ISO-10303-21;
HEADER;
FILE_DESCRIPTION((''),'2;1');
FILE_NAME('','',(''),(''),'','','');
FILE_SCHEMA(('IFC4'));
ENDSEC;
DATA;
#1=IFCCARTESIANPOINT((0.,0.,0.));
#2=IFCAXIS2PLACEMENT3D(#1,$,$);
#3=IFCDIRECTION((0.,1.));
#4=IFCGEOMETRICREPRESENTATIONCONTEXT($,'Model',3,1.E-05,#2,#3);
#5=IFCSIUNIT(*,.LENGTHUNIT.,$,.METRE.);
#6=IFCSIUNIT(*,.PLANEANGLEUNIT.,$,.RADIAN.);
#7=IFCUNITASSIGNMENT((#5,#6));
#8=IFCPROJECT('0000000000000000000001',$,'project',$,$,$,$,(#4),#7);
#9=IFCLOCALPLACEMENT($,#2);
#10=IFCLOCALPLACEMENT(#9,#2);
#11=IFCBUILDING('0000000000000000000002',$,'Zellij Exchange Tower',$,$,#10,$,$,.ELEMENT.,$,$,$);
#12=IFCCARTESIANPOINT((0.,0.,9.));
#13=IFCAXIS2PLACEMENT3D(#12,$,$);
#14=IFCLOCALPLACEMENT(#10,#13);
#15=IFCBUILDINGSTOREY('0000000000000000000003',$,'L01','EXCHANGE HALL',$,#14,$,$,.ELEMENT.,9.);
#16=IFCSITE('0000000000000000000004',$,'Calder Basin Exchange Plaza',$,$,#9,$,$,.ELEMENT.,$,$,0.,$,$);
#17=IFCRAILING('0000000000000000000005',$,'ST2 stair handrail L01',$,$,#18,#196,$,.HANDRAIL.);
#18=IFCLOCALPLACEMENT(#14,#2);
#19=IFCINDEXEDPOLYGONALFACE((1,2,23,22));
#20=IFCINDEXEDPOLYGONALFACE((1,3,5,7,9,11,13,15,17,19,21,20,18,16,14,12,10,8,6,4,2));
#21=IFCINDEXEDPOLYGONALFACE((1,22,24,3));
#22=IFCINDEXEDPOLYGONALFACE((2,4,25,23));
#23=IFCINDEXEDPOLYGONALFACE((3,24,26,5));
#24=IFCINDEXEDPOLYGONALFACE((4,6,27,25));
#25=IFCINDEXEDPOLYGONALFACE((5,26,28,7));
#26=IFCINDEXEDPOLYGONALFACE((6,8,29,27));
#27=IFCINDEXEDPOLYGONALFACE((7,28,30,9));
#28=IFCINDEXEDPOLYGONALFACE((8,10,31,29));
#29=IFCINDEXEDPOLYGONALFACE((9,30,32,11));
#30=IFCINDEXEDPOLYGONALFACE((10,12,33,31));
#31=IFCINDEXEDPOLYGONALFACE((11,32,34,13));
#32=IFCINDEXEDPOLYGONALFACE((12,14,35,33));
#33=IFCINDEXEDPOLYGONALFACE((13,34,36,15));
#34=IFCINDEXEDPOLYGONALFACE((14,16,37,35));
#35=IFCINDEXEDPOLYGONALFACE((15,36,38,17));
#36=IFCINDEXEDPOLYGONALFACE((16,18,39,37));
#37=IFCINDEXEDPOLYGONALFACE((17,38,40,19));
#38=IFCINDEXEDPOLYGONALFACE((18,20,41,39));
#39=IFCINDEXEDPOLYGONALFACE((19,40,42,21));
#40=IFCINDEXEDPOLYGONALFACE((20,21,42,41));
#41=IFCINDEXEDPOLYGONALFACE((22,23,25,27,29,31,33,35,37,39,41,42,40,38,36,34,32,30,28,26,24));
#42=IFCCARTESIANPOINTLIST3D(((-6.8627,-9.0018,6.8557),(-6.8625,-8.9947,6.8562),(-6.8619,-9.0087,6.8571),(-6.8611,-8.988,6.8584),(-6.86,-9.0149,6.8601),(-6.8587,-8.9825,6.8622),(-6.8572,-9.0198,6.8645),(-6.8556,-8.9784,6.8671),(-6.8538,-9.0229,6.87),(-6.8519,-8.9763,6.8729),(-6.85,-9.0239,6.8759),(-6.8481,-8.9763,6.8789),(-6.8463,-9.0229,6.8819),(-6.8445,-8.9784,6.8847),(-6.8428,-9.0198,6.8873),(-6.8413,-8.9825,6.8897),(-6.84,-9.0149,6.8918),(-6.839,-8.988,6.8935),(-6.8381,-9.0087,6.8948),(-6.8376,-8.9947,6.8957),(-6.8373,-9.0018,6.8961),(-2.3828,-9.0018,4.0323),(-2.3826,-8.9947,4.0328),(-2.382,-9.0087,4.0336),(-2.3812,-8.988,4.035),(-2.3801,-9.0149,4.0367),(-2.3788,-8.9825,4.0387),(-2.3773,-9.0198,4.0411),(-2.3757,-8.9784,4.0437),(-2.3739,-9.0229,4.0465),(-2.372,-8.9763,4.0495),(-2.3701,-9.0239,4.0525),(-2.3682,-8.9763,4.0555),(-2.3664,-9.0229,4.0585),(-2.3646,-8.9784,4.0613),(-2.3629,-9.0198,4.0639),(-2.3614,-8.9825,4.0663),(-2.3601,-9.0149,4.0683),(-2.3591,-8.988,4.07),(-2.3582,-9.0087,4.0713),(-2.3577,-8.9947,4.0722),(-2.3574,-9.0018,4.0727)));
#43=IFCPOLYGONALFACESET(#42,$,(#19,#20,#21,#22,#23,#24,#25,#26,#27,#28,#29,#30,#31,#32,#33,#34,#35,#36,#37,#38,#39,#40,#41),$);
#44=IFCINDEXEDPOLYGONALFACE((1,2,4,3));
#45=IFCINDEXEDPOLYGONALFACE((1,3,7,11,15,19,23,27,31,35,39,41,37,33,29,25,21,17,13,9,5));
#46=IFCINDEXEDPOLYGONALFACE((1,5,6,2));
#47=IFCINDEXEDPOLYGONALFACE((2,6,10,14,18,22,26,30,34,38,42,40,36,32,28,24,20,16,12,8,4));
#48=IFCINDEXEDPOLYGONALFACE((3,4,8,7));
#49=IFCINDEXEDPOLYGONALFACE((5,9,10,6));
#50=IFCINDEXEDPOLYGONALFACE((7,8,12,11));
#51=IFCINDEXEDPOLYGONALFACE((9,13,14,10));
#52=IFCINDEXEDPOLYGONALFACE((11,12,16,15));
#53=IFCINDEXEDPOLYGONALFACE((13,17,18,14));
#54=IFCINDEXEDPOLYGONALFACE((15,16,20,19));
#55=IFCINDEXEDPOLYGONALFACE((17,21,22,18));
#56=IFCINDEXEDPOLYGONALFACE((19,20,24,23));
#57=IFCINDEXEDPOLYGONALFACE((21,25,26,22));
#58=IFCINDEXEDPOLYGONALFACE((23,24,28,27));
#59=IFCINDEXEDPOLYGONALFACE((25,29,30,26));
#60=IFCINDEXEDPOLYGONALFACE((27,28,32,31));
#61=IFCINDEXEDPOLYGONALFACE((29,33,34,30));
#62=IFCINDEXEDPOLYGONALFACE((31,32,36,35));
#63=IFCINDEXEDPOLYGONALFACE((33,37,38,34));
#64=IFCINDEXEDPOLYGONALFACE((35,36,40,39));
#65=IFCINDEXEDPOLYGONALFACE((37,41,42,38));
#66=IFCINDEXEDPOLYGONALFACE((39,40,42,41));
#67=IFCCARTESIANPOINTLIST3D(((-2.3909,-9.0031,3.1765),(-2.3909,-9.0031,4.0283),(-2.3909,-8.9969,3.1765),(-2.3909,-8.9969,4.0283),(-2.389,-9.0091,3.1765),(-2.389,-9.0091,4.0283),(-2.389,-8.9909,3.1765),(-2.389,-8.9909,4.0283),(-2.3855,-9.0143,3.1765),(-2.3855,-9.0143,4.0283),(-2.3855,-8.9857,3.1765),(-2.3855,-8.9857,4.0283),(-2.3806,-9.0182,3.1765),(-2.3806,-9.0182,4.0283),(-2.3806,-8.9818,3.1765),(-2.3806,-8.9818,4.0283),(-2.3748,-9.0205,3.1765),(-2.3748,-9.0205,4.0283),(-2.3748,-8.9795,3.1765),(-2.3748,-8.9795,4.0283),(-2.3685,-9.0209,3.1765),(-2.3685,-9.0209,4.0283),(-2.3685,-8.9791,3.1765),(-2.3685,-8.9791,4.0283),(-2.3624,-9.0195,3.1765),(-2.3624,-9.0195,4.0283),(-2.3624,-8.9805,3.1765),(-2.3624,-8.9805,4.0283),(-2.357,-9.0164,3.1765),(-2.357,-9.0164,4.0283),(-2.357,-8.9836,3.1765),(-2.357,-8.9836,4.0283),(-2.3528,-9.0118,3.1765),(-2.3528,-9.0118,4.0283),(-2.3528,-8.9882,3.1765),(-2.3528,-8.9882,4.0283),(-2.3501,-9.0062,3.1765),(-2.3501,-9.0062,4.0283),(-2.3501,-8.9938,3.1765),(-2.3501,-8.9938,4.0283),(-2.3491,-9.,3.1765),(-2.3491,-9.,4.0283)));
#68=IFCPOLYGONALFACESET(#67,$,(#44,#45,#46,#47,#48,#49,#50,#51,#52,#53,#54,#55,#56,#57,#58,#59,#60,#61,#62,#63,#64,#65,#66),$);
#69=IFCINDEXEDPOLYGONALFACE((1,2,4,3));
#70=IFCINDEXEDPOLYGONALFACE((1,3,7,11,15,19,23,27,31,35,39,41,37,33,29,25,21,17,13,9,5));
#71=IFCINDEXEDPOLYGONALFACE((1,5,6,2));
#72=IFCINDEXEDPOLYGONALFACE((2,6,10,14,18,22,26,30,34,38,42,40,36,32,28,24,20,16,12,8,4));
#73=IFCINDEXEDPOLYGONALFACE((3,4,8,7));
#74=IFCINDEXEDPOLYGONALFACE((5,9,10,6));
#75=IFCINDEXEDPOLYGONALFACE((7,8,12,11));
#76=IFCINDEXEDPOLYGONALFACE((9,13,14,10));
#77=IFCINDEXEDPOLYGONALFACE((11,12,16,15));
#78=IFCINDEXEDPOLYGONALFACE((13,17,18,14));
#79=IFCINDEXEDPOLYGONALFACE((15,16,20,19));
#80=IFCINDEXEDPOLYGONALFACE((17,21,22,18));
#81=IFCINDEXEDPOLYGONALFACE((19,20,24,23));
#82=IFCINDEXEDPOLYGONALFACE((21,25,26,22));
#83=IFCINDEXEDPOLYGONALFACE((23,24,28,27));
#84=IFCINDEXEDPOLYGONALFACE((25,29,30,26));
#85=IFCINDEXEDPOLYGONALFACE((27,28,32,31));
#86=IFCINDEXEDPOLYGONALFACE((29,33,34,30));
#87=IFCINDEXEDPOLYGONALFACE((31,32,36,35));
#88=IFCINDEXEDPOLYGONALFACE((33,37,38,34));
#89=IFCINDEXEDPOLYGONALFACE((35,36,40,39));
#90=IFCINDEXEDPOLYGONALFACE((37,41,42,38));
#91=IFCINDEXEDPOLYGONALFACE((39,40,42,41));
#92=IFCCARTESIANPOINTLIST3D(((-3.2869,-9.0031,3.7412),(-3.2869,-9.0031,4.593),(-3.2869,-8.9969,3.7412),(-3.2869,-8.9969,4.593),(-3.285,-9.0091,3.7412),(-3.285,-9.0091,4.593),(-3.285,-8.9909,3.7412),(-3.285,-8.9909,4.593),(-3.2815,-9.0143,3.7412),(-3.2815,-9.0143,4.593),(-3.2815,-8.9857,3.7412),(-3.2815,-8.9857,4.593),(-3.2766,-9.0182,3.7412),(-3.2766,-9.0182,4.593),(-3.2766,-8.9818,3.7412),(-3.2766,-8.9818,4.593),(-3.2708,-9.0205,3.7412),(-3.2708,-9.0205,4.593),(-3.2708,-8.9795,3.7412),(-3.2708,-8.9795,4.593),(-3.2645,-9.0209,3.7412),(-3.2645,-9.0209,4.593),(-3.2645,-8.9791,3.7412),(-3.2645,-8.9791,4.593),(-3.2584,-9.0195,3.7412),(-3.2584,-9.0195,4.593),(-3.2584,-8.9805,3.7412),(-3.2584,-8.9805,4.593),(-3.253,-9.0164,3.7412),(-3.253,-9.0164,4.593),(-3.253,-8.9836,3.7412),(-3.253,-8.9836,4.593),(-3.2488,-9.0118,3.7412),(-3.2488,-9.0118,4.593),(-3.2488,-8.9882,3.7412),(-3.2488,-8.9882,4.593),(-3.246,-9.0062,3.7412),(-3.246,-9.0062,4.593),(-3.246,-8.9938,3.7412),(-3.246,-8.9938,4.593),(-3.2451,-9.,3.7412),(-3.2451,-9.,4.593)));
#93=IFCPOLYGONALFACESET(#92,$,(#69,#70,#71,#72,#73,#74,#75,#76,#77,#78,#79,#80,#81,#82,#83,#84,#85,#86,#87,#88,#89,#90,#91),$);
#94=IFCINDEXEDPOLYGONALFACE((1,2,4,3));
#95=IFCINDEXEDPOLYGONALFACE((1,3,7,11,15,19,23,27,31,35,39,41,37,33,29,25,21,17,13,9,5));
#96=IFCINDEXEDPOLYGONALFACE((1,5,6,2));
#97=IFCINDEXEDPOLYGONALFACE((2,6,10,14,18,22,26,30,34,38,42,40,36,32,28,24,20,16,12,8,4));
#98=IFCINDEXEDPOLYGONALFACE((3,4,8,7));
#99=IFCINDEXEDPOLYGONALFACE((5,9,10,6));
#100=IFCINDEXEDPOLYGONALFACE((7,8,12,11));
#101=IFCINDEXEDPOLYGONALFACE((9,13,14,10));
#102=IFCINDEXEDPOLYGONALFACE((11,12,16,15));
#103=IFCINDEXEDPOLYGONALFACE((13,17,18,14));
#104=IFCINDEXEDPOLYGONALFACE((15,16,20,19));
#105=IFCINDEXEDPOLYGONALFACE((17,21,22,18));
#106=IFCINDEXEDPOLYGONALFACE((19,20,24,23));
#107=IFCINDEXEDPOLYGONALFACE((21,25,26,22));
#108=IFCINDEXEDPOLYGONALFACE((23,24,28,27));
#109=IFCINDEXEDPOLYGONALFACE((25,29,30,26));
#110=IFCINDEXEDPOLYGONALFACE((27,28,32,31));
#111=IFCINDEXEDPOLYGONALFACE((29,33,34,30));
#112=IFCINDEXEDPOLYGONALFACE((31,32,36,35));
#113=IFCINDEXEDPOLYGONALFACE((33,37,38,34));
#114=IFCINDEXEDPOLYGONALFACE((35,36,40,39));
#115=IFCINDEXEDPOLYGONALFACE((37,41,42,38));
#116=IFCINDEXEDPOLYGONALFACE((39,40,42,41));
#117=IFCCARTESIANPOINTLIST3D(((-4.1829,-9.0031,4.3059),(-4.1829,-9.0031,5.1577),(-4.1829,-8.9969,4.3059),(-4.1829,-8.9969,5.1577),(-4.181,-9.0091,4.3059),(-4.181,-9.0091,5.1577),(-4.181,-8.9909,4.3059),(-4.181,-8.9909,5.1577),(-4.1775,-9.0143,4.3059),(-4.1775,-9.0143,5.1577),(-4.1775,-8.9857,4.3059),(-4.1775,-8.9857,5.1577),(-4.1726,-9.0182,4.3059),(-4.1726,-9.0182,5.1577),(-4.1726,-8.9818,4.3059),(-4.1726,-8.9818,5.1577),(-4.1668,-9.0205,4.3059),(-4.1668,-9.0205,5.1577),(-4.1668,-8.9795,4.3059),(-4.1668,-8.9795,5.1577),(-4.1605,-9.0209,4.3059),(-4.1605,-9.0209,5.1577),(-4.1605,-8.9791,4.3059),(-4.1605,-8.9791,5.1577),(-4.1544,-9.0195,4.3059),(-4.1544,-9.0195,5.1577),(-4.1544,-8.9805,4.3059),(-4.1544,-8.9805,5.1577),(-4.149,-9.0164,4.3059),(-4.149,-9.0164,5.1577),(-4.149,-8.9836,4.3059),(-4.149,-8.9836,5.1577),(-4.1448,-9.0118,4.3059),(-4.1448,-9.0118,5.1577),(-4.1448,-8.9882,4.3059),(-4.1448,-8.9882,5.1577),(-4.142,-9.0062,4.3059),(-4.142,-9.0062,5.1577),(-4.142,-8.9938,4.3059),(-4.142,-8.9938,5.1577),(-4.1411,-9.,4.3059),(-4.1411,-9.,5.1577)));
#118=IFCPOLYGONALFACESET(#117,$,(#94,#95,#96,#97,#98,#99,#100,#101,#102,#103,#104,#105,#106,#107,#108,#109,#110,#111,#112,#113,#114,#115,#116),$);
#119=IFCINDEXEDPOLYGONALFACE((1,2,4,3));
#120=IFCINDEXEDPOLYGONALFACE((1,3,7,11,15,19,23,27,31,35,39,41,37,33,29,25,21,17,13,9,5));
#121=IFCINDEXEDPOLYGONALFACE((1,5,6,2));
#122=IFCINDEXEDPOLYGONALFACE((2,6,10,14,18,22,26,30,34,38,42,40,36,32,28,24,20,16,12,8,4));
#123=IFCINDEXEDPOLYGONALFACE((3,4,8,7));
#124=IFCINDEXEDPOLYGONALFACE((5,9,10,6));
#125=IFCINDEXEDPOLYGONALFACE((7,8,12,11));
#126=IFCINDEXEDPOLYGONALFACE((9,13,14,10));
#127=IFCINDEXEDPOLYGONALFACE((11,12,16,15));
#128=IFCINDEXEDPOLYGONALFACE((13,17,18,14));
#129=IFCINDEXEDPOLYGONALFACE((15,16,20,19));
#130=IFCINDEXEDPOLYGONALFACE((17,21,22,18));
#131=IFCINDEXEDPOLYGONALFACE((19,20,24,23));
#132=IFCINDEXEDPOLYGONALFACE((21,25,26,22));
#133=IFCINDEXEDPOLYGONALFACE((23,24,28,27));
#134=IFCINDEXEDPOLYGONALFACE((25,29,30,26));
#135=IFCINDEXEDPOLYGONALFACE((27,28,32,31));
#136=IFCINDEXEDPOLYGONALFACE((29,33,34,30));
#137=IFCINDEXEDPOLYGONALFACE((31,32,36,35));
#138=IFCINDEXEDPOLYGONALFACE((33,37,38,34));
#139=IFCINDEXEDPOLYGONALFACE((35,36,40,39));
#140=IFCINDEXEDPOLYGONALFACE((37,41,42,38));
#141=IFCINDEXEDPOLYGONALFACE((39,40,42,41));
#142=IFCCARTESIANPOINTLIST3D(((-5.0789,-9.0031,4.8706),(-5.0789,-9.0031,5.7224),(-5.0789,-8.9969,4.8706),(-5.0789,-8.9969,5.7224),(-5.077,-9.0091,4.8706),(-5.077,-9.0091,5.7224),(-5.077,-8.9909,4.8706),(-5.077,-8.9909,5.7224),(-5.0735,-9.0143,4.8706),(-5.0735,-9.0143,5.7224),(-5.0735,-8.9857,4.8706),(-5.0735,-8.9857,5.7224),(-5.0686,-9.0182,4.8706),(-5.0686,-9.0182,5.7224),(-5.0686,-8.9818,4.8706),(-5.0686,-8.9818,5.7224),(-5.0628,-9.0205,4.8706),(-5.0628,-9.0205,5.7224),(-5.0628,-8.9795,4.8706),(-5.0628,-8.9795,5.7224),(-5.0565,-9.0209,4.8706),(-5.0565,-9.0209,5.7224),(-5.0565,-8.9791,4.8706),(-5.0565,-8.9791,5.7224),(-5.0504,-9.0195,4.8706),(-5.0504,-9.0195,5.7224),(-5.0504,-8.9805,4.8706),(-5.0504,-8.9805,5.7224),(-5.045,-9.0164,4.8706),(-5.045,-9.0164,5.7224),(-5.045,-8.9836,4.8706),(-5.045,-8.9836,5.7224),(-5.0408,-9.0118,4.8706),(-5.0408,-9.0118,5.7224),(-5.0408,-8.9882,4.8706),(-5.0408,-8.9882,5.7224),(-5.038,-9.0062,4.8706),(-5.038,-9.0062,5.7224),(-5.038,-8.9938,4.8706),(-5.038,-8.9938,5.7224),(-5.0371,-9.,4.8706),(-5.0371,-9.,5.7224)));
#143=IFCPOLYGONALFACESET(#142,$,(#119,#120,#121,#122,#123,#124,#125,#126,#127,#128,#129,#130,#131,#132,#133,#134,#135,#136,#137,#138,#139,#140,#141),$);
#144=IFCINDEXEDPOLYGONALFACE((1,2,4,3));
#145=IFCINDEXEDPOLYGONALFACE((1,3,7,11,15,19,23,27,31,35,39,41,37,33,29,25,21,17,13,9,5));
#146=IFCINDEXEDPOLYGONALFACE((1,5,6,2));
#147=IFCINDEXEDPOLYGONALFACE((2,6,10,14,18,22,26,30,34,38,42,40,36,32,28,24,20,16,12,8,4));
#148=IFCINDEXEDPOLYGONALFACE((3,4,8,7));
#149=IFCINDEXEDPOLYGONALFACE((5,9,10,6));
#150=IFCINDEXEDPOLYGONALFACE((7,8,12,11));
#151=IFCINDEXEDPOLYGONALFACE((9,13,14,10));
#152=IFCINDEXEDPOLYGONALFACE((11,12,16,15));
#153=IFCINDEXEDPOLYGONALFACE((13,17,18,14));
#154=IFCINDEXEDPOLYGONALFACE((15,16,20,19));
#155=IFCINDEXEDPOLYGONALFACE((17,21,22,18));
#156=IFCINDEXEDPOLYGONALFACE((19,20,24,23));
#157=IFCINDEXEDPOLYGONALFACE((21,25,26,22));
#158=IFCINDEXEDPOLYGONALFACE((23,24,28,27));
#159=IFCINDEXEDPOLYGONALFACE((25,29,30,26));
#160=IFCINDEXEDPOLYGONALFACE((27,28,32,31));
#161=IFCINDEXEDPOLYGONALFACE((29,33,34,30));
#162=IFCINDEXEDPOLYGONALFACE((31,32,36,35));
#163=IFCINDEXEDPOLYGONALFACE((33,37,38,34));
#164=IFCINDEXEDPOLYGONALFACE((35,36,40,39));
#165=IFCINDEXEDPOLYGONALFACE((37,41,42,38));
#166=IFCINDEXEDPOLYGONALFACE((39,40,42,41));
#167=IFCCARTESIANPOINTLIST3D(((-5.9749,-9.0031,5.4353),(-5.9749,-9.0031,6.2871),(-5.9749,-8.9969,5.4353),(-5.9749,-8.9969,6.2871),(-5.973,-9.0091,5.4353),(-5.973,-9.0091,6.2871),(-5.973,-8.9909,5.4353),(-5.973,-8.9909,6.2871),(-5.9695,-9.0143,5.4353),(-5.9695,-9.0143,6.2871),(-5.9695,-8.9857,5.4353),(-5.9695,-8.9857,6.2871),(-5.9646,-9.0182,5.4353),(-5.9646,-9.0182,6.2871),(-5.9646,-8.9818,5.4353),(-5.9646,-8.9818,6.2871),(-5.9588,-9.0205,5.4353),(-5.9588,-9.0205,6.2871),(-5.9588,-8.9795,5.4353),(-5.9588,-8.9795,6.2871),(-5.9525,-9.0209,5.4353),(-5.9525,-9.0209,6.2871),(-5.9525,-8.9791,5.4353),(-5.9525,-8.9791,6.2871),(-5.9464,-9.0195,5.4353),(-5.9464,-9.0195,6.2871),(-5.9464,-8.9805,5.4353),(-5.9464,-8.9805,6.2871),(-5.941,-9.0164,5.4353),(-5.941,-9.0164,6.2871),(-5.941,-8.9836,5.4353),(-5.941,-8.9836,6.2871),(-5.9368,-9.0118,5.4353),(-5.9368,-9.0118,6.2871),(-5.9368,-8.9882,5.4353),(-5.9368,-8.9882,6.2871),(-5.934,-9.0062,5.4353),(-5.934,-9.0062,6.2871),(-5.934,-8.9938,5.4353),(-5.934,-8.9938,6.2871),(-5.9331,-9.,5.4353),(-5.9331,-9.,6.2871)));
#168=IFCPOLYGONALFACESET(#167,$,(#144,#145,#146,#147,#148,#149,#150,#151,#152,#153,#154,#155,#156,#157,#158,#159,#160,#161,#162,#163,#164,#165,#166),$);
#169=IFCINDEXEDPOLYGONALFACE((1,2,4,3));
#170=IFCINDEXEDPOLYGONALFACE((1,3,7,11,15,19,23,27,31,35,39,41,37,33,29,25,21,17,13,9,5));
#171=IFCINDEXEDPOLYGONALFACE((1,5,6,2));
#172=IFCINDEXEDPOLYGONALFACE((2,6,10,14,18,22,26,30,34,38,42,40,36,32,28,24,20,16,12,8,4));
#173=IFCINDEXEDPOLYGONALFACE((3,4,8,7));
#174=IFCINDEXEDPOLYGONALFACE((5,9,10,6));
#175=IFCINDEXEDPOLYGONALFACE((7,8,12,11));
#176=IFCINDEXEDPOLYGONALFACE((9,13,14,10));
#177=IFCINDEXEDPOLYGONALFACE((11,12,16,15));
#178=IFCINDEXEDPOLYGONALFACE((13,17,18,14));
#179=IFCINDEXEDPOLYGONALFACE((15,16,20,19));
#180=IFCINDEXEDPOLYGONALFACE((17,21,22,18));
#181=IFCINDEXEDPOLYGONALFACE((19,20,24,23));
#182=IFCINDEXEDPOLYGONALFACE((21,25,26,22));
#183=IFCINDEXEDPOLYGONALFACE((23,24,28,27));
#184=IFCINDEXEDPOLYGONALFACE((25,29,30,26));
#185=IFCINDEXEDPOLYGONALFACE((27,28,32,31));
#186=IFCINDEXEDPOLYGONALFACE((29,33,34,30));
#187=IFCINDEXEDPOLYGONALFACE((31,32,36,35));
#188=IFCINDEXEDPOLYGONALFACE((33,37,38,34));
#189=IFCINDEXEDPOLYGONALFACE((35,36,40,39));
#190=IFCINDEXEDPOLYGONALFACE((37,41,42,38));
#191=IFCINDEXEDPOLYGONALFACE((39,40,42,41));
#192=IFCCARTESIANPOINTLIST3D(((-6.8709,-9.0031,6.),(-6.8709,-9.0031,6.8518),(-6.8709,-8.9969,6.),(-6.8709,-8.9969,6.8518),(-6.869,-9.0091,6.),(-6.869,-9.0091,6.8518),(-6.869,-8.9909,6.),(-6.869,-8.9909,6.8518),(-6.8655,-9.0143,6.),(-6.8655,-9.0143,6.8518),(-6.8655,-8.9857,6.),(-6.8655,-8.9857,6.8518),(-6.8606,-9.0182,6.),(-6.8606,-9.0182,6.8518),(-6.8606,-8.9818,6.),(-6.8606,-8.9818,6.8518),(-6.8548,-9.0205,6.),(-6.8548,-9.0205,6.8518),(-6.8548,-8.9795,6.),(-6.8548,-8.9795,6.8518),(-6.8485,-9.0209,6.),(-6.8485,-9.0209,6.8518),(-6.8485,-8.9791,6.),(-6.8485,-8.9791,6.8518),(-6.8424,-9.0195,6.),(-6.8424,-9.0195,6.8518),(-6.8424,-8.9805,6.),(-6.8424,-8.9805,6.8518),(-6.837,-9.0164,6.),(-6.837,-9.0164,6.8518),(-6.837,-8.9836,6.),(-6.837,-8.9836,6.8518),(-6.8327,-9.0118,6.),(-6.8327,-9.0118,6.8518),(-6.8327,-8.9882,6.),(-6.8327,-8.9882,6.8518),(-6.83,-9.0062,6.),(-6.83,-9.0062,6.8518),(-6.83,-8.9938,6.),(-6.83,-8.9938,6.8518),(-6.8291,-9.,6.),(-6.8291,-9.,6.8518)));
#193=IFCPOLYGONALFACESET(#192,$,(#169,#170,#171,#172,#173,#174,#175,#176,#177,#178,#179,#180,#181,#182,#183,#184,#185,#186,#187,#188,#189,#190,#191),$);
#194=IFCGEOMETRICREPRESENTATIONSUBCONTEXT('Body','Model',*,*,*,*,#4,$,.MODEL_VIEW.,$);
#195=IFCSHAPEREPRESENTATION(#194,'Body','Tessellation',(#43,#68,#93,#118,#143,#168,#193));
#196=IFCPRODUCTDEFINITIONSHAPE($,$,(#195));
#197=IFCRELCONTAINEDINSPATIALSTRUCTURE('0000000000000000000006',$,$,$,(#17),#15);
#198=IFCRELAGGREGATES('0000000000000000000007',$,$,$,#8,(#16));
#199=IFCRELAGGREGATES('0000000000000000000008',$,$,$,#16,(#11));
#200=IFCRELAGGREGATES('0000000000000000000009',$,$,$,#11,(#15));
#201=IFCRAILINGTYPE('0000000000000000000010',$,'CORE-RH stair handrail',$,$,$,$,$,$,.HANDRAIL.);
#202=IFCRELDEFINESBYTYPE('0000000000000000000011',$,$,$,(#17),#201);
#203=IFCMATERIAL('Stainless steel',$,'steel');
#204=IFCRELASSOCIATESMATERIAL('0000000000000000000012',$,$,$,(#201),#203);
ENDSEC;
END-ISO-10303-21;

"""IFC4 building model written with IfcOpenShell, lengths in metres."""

from ifc_helpers import new_model, si_unit, direction, frame, origin, origin_2d, place, context, subcontext, project, spatial, circle, extrude, material, type_object, element, save


model = new_model("IFC4")

# Units and contexts
model_context = context("Model", 3, precision=1e-05, world=origin(), true_north=direction((0.0, 1.0)))
body_context = subcontext(model_context, "Body", "Model", "MODEL_VIEW")
ifc_project = project(units=[si_unit("LENGTHUNIT", "METRE"), si_unit("PLANEANGLEUNIT", "RADIAN")], contexts=[model_context])

# Site, building, storey
site_placement = place(None, origin())
site = spatial("IfcSite", under=ifc_project, at=site_placement, Name="Calder Basin Exchange Plaza", CompositionType="ELEMENT", RefElevation=0.0)
building_placement = place(site_placement, origin())
building = spatial("IfcBuilding", under=site, at=building_placement, Name="Zellij Exchange Tower", CompositionType="ELEMENT")
storey_placement = place(building_placement, frame((0.0, 0.0, 9.0)))
storey = spatial("IfcBuildingStorey", under=building, at=storey_placement, Name="L01", Description="EXCHANGE HALL", CompositionType="ELEMENT", Elevation=9.0)

# Railing
ifc_material_1 = material(Name="Stainless steel", Category="steel")
railing_type_1 = type_object("IfcRailingType", Name="CORE-RH stair handrail", PredefinedType="HANDRAIL", material=ifc_material_1)
railing_1_placement = place(storey_placement, frame((-2.3701, -9.0, 3.1765)))
element("IfcRailing", 1, at=railing_1_placement, inside=storey, type_object=railing_type_1, Name="ST2 stair handrail L01", PredefinedType="HANDRAIL", context=body_context, shape_type="SweptSolid", body=[
    extrude(circle(Radius=0.0239, at=origin_2d()), frame((0.0, 0.0, 0.876), z_axis=(-0.845998, 0.0, 0.533186), x_axis=(0.0, -1.0, 0.0)), (0.0, 0.0, 1.0), 5.2954),
    extrude(circle(Radius=0.021, at=origin_2d()), origin(), (0.0, 0.0, 1.0), 0.8518),
    extrude(circle(Radius=0.021, at=origin_2d()), frame((-0.896, 0.0, 0.5647)), (0.0, 0.0, 1.0), 0.8518),
    extrude(circle(Radius=0.021, at=origin_2d()), frame((-1.792, 0.0, 1.1294)), (0.0, 0.0, 1.0), 0.8518),
    extrude(circle(Radius=0.021, at=origin_2d()), frame((-2.688, 0.0, 1.6941)), (0.0, 0.0, 1.0), 0.8518),
    extrude(circle(Radius=0.021, at=origin_2d()), frame((-3.584, 0.0, 2.2588)), (0.0, 0.0, 1.0), 0.8518),
    extrude(circle(Radius=0.021, at=origin_2d()), frame((-4.48, 0.0, 2.8235)), (0.0, 0.0, 1.0), 0.8518),
])

save(model, "model.ifc")
